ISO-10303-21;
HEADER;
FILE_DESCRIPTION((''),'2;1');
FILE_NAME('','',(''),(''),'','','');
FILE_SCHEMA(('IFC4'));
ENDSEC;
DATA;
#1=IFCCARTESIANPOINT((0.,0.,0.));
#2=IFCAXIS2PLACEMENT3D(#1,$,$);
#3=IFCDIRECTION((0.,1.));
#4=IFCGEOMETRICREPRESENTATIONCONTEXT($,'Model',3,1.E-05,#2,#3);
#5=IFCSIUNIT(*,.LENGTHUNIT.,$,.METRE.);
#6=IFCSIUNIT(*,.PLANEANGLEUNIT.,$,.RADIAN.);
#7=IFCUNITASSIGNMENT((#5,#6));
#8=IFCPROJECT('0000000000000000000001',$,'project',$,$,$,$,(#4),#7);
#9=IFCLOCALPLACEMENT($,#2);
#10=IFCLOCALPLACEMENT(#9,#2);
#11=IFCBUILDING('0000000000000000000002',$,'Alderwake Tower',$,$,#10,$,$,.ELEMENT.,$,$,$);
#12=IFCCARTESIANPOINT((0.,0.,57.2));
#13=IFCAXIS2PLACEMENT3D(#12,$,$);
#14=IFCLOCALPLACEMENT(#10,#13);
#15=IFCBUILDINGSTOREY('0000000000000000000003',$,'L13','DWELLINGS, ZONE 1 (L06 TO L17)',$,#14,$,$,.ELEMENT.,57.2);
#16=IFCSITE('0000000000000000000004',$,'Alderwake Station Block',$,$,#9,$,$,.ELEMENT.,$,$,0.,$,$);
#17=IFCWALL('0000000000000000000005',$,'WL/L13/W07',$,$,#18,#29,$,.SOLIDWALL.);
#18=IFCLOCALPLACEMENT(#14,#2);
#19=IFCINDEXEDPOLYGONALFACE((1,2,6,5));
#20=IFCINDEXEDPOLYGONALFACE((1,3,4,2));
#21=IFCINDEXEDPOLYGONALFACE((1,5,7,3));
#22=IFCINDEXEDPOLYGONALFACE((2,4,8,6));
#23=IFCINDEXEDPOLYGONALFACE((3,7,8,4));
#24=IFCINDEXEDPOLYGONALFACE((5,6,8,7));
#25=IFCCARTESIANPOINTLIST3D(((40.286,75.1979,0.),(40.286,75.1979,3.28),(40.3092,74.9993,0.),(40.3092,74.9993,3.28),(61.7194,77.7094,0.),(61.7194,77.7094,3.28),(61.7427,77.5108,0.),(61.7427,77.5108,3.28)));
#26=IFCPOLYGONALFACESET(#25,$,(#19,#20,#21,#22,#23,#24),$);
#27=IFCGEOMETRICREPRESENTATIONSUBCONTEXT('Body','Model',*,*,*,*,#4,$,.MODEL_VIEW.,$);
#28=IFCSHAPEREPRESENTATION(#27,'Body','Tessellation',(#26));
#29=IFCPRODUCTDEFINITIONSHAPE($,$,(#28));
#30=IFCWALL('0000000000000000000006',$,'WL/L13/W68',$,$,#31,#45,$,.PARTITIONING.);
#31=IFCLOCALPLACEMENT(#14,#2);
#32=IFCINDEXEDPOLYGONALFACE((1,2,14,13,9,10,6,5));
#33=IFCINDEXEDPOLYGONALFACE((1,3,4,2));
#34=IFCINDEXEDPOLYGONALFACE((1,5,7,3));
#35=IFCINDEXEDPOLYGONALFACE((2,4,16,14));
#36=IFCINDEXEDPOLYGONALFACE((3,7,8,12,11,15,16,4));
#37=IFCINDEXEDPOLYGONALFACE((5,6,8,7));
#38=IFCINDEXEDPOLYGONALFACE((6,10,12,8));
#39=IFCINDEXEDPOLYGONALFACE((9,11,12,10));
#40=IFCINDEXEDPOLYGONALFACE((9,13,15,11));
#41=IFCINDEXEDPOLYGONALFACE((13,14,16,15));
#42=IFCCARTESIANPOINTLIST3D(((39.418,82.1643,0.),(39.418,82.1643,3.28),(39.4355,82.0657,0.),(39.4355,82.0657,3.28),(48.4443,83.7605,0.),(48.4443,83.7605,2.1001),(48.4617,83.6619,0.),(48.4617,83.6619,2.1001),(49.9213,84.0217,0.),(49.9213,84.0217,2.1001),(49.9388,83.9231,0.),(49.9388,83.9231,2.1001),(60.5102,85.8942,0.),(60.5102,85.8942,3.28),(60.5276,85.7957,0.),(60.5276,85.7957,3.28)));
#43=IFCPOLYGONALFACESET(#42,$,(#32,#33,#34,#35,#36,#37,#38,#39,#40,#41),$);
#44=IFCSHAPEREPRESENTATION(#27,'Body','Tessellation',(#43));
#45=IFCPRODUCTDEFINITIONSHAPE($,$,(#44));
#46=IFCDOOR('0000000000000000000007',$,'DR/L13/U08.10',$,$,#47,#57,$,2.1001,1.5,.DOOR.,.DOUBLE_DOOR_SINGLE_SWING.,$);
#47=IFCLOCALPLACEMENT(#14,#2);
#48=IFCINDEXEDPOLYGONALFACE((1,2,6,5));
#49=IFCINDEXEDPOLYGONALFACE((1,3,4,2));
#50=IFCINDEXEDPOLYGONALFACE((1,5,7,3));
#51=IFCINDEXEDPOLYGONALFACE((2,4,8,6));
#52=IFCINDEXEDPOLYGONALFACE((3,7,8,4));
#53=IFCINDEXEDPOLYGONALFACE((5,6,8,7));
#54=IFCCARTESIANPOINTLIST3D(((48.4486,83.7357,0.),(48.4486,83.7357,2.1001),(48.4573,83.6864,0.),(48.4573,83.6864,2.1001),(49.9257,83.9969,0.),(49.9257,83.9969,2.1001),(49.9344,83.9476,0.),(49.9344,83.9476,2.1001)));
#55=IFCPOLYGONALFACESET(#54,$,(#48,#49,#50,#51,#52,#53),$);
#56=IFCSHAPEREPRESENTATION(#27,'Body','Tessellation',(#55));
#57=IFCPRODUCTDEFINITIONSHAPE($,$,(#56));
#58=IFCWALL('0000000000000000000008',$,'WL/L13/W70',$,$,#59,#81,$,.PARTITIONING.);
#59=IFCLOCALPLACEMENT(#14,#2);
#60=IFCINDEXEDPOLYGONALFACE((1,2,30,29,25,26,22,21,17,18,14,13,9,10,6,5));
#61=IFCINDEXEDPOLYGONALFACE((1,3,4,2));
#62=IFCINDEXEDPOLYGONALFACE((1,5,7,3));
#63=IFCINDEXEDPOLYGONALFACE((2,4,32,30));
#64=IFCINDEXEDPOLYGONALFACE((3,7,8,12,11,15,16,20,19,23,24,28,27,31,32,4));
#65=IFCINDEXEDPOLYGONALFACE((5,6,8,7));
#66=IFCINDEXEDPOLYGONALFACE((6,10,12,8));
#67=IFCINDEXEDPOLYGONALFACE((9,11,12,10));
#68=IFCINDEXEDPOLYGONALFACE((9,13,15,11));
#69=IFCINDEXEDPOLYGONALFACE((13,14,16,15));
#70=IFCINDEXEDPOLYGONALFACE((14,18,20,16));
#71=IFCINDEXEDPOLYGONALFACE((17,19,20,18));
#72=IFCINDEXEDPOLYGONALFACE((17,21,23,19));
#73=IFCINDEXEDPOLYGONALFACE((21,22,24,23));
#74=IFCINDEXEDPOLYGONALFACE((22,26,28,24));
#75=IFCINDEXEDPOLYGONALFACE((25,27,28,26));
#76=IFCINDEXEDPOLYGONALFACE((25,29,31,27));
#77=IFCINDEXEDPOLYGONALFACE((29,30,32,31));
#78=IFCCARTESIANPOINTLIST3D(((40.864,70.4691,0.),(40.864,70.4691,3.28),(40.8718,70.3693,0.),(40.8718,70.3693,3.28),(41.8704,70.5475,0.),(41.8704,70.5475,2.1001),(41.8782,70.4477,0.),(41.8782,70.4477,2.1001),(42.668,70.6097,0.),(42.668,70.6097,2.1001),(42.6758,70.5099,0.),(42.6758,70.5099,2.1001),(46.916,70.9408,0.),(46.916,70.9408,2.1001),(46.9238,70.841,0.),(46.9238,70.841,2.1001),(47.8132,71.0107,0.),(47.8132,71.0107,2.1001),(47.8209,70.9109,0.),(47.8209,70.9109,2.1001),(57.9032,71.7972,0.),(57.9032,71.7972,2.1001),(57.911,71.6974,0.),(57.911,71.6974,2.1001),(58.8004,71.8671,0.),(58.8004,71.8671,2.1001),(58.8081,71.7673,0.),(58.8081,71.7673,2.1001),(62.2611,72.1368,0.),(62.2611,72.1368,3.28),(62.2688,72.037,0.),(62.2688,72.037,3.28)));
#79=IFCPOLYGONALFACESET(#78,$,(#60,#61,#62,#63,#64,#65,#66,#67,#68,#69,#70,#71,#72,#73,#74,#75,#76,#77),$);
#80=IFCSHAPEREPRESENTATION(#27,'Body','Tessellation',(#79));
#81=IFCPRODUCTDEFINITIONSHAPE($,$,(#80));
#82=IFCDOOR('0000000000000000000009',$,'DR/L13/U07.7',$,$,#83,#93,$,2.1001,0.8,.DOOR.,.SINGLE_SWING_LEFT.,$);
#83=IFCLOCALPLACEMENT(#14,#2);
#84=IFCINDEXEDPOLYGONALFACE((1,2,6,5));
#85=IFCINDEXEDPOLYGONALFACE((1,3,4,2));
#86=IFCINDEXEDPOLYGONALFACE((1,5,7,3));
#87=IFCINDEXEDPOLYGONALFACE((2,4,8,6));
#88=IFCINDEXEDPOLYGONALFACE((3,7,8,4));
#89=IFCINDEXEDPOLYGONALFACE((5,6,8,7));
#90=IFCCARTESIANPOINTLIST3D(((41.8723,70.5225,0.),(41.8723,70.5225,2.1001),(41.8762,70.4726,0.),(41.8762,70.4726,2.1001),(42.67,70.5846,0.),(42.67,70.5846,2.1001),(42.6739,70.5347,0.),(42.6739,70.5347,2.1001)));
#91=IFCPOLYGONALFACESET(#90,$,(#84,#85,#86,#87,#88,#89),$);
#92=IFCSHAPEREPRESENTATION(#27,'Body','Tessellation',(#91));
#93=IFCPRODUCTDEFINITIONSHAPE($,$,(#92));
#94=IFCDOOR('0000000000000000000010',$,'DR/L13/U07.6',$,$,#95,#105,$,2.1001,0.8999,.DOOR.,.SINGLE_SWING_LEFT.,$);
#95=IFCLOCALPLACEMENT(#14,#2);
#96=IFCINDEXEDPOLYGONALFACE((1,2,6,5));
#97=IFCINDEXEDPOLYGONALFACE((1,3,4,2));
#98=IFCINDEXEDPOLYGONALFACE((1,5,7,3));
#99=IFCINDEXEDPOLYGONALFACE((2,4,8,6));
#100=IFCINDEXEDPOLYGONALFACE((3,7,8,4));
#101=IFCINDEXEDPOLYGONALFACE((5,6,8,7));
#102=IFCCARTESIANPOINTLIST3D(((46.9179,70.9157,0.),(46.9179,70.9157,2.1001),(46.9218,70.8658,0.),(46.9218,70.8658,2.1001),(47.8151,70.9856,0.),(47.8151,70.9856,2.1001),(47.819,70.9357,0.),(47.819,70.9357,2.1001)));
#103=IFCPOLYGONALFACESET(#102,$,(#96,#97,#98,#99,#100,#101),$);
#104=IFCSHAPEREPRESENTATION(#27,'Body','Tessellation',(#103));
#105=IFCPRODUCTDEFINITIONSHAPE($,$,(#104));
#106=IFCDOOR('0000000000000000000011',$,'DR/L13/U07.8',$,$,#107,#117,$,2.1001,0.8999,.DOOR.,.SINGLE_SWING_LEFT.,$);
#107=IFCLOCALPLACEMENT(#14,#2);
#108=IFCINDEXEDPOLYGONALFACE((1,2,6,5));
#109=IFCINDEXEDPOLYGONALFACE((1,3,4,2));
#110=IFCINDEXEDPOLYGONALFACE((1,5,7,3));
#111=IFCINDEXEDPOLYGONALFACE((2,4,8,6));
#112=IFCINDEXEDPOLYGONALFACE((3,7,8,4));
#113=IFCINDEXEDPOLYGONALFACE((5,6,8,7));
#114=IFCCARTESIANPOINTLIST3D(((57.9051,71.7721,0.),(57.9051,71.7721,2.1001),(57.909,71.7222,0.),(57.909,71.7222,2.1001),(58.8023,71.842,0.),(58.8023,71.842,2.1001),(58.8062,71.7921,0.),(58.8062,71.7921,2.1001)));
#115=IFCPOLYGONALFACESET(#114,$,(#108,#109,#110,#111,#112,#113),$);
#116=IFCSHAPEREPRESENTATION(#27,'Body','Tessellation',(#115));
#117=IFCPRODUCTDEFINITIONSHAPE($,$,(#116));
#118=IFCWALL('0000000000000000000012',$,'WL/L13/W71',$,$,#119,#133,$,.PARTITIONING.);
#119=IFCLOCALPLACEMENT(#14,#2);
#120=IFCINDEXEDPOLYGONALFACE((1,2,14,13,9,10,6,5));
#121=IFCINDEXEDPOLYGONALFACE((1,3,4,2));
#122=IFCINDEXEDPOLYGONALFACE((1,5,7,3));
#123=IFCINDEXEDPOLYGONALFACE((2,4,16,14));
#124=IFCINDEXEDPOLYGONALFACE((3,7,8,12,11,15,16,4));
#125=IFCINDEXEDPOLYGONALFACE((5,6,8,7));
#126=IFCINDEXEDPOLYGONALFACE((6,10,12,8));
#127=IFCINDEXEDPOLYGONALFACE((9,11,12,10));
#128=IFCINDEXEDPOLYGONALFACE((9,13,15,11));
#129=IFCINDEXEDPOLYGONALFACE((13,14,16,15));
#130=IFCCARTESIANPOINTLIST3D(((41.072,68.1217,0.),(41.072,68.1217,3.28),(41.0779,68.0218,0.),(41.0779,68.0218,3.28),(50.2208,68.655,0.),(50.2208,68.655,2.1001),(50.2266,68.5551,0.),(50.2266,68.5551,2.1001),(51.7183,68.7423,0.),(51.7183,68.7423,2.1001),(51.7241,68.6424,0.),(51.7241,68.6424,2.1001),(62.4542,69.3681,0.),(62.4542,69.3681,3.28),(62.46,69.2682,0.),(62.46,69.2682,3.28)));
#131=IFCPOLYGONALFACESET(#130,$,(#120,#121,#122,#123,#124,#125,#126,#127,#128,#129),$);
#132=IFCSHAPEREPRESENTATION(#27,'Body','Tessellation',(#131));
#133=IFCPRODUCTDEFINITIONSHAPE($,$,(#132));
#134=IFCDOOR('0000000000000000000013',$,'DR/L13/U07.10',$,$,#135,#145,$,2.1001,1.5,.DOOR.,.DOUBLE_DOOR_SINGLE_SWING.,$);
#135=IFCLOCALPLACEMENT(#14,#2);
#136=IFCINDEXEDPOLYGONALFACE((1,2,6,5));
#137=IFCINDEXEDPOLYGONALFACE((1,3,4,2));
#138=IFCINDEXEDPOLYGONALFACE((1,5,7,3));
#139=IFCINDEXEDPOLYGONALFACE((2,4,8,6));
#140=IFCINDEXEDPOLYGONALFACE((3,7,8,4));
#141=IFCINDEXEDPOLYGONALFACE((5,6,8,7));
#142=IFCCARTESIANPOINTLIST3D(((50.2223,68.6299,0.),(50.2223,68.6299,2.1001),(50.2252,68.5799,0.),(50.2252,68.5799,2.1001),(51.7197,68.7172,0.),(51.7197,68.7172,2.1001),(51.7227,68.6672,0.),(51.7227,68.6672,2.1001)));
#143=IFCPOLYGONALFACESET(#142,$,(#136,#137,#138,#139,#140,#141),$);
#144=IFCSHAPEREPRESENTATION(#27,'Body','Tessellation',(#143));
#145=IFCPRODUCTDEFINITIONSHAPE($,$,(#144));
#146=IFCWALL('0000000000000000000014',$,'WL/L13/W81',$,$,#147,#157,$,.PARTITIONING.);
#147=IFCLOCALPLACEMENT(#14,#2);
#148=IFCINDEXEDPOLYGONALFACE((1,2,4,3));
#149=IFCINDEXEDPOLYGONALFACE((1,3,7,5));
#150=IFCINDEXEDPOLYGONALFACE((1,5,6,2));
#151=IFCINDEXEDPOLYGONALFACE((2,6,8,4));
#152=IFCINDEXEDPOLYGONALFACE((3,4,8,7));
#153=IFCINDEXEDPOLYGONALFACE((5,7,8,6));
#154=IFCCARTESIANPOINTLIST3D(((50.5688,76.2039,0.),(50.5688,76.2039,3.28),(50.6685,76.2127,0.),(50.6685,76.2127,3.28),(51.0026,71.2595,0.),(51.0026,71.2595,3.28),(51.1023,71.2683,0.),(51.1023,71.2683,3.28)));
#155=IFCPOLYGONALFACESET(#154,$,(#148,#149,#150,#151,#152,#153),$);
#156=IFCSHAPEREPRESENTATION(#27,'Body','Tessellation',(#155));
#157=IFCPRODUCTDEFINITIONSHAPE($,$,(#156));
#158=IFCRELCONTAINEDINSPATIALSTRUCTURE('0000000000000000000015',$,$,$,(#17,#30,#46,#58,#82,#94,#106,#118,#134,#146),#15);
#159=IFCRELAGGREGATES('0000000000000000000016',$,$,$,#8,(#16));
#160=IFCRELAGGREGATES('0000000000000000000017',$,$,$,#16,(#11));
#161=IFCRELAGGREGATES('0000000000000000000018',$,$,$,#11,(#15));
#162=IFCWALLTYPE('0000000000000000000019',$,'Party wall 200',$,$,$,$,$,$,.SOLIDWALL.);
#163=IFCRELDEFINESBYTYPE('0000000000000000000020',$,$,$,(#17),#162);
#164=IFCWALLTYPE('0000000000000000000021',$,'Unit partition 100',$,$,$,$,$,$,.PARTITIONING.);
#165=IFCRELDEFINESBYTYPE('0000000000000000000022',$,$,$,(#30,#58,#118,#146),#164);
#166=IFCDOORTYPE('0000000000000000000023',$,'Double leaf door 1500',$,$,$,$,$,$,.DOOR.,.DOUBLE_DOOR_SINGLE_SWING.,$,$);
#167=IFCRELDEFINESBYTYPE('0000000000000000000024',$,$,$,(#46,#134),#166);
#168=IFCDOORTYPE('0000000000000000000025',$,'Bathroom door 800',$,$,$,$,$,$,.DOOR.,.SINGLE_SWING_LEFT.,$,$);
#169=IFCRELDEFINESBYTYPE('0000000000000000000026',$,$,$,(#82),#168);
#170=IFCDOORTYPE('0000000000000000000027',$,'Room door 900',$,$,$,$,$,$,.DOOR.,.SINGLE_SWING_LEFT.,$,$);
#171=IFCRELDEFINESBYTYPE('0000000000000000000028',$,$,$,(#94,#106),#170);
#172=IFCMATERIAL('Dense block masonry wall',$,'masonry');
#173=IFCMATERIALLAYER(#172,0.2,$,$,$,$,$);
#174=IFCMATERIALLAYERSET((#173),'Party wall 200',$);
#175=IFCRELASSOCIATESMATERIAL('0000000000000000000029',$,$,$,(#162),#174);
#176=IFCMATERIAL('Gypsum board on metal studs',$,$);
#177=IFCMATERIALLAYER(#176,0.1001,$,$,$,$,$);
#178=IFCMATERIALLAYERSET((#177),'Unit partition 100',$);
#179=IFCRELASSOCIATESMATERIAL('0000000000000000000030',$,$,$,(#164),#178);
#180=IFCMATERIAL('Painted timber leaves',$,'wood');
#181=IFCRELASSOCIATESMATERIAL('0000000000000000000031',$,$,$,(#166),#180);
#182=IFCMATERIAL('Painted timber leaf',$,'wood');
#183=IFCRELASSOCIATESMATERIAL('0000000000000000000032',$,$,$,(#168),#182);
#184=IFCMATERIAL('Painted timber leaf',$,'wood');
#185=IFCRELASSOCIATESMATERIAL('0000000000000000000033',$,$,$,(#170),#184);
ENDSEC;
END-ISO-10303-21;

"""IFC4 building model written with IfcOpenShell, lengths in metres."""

from ifc_helpers import new_model, si_unit, direction, frame, frame_2d, origin, place, context, subcontext, project, spatial, rectangle, extrude, material, layer, layer_set, type_object, element, fill, save


model = new_model("IFC4")

# Units and contexts
model_context = context("Model", 3, precision=1e-05, world=origin(), true_north=direction((0.0, 1.0)))
body_context = subcontext(model_context, "Body", "Model", "MODEL_VIEW")
ifc_project = project(units=[si_unit("LENGTHUNIT", "METRE"), si_unit("PLANEANGLEUNIT", "RADIAN")], contexts=[model_context])

# Site, building, storey
site_placement = place(None, origin())
site = spatial("IfcSite", under=ifc_project, at=site_placement, Name="Alderwake Station Block", CompositionType="ELEMENT", RefElevation=0.0)
building_placement = place(site_placement, origin())
building = spatial("IfcBuilding", under=site, at=building_placement, Name="Alderwake Tower", CompositionType="ELEMENT")
storey_placement = place(building_placement, frame((0.0, 0.0, 57.2)))
storey = spatial("IfcBuildingStorey", under=building, at=storey_placement, Name="L13", Description="DWELLINGS, ZONE 1 (L06 TO L17)", CompositionType="ELEMENT", Elevation=57.2)

# Wall
ifc_material_1 = material(Name="Dense block masonry wall", Category="masonry")
ifc_layer_1 = layer(ifc_material_1, 0.2)
ifc_layer_set_1 = layer_set([ifc_layer_1], Name="Party wall 200")
wall_type_1 = type_object("IfcWallType", Name="Party wall 200", PredefinedType="SOLIDWALL", material=ifc_layer_set_1)
wall_1_placement = place(storey_placement, frame((40.2976, 75.0986, 0.0), z_axis=(0.0, 0.0, 1.0), x_axis=(0.993205, 0.11638, 0.0)))
element("IfcWall", 1, at=wall_1_placement, inside=storey, type_object=wall_type_1, Name="WL/L13/W07", PredefinedType="SOLIDWALL", context=body_context, shape_type="SweptSolid", body=[
    extrude(rectangle(XDim=21.5801, YDim=0.2, at=frame_2d((10.79, 0.0))), origin(), (0.0, 0.0, 1.0), 3.28),
])

# Wall, opening, door
ifc_material_2 = material(Name="Gypsum board on metal studs")
ifc_layer_2 = layer(ifc_material_2, 0.1001)
ifc_layer_set_2 = layer_set([ifc_layer_2], Name="Unit partition 100")
wall_type_2 = type_object("IfcWallType", Name="Unit partition 100", PredefinedType="PARTITIONING", material=ifc_layer_set_2)
wall_2_placement = place(storey_placement, frame((39.4268, 82.115, 0.0), z_axis=(0.0, 0.0, 1.0), x_axis=(0.984721, 0.174139, 0.0)))
wall_2 = element("IfcWall", 2, at=wall_2_placement, inside=storey, type_object=wall_type_2, Name="WL/L13/W68", PredefinedType="PARTITIONING", context=body_context, shape_type="SweptSolid", body=[
    extrude(rectangle(XDim=21.4194, YDim=0.1001, at=frame_2d((10.7097, 0.0))), origin(), (0.0, 0.0, 1.0), 3.28),
])
opening_1_placement = place(wall_2_placement, frame((9.1663, 0.0, 0.0)))
opening_1 = element("IfcOpeningElement", 3, at=opening_1_placement, cuts=wall_2, PredefinedType="OPENING", context=body_context, shape_type="SweptSolid", body=[
    extrude(rectangle(XDim=1.5, YDim=2.1001, at=frame_2d((0.75, 1.05))), frame((0.0, 0.0601, 0.0), z_axis=(0.0, -1.0, 0.0), x_axis=(1.0, 0.0, 0.0)), (0.0, 0.0, 1.0), 0.1201),
])
ifc_material_3 = material(Name="Painted timber leaves", Category="wood")
door_type_1 = type_object("IfcDoorType", Name="Double leaf door 1500", OperationType="DOUBLE_DOOR_SINGLE_SWING", PredefinedType="DOOR", material=ifc_material_3)
door_1_placement = place(opening_1_placement, origin())
door_1 = element("IfcDoor", 4, at=door_1_placement, inside=storey, type_object=door_type_1, Name="DR/L13/U08.10", OperationType="DOUBLE_DOOR_SINGLE_SWING", OverallHeight=2.1001, OverallWidth=1.5, PredefinedType="DOOR", context=body_context, shape_type="SweptSolid", body=[
    extrude(rectangle(XDim=1.5, YDim=2.1001, at=frame_2d((0.75, 1.05))), frame((0.0, 0.0249, 0.0), z_axis=(0.0, -1.0, 0.0), x_axis=(1.0, 0.0, 0.0)), (0.0, 0.0, 1.0), 0.05),
])
fill(opening_1, door_1)

# Wall, openings, doors
wall_3_placement = place(storey_placement, frame((40.8679, 70.4192, 0.0), z_axis=(0.0, 0.0, 1.0), x_axis=(0.996976, 0.077706, 0.0)))
wall_3 = element("IfcWall", 5, at=wall_3_placement, inside=storey, type_object=wall_type_2, Name="WL/L13/W70", PredefinedType="PARTITIONING", context=body_context, shape_type="SweptSolid", body=[
    extrude(rectangle(XDim=21.4619, YDim=0.1001, at=frame_2d((10.731, 0.0))), origin(), (0.0, 0.0, 1.0), 3.28),
])
opening_2_placement = place(wall_3_placement, frame((6.0703, 0.0, 0.0)))
opening_2 = element("IfcOpeningElement", 6, at=opening_2_placement, cuts=wall_3, PredefinedType="OPENING", context=body_context, shape_type="SweptSolid", body=[
    extrude(rectangle(XDim=0.8999, YDim=2.1001, at=frame_2d((0.45, 1.05))), frame((0.0, 0.0601, 0.0), z_axis=(0.0, -1.0, 0.0), x_axis=(1.0, 0.0, 0.0)), (0.0, 0.0, 1.0), 0.1201),
])
opening_3_placement = place(wall_3_placement, frame((1.0095, 0.0, 0.0)))
opening_3 = element("IfcOpeningElement", 7, at=opening_3_placement, cuts=wall_3, PredefinedType="OPENING", context=body_context, shape_type="SweptSolid", body=[
    extrude(rectangle(XDim=0.8, YDim=2.1001, at=frame_2d((0.3999, 1.05))), frame((0.0, 0.0601, 0.0), z_axis=(0.0, -1.0, 0.0), x_axis=(1.0, 0.0, 0.0)), (0.0, 0.0, 1.0), 0.1201),
])
opening_4_placement = place(wall_3_placement, frame((17.0908, 0.0, 0.0)))
opening_4 = element("IfcOpeningElement", 8, at=opening_4_placement, cuts=wall_3, PredefinedType="OPENING", context=body_context, shape_type="SweptSolid", body=[
    extrude(rectangle(XDim=0.8999, YDim=2.1001, at=frame_2d((0.45, 1.05))), frame((0.0, 0.0601, 0.0), z_axis=(0.0, -1.0, 0.0), x_axis=(1.0, 0.0, 0.0)), (0.0, 0.0, 1.0), 0.1201),
])
ifc_material_4 = material(Name="Painted timber leaf", Category="wood")
door_type_2 = type_object("IfcDoorType", Name="Bathroom door 800", OperationType="SINGLE_SWING_LEFT", PredefinedType="DOOR", material=ifc_material_4)
door_2_placement = place(opening_3_placement, origin())
door_2 = element("IfcDoor", 9, at=door_2_placement, inside=storey, type_object=door_type_2, Name="DR/L13/U07.7", OperationType="SINGLE_SWING_LEFT", OverallHeight=2.1001, OverallWidth=0.8, PredefinedType="DOOR", context=body_context, shape_type="SweptSolid", body=[
    extrude(rectangle(XDim=0.8, YDim=2.1001, at=frame_2d((0.3999, 1.05))), frame((0.0, 0.0249, 0.0), z_axis=(0.0, -1.0, 0.0), x_axis=(1.0, 0.0, 0.0)), (0.0, 0.0, 1.0), 0.05),
])
fill(opening_3, door_2)
ifc_material_5 = material(Name="Painted timber leaf", Category="wood")
door_type_3 = type_object("IfcDoorType", Name="Room door 900", OperationType="SINGLE_SWING_LEFT", PredefinedType="DOOR", material=ifc_material_5)
door_3_placement = place(opening_2_placement, origin())
door_3 = element("IfcDoor", 10, at=door_3_placement, inside=storey, type_object=door_type_3, Name="DR/L13/U07.6", OperationType="SINGLE_SWING_LEFT", OverallHeight=2.1001, OverallWidth=0.8999, PredefinedType="DOOR", context=body_context, shape_type="SweptSolid", body=[
    extrude(rectangle(XDim=0.8999, YDim=2.1001, at=frame_2d((0.45, 1.05))), frame((0.0, 0.0249, 0.0), z_axis=(0.0, -1.0, 0.0), x_axis=(1.0, 0.0, 0.0)), (0.0, 0.0, 1.0), 0.05),
])
fill(opening_2, door_3)
door_4_placement = place(opening_4_placement, origin())
door_4 = element("IfcDoor", 11, at=door_4_placement, inside=storey, type_object=door_type_3, Name="DR/L13/U07.8", OperationType="SINGLE_SWING_LEFT", OverallHeight=2.1001, OverallWidth=0.8999, PredefinedType="DOOR", context=body_context, shape_type="SweptSolid", body=[
    extrude(rectangle(XDim=0.8999, YDim=2.1001, at=frame_2d((0.45, 1.05))), frame((0.0, 0.0249, 0.0), z_axis=(0.0, -1.0, 0.0), x_axis=(1.0, 0.0, 0.0)), (0.0, 0.0, 1.0), 0.05),
])
fill(opening_4, door_4)

# Wall, opening, door
wall_4_placement = place(storey_placement, frame((41.075, 68.0718, 0.0), z_axis=(0.0, 0.0, 1.0), x_axis=(0.998306, 0.05819, 0.0)))
wall_4 = element("IfcWall", 12, at=wall_4_placement, inside=storey, type_object=wall_type_2, Name="WL/L13/W71", PredefinedType="PARTITIONING", context=body_context, shape_type="SweptSolid", body=[
    extrude(rectangle(XDim=21.4185, YDim=0.1001, at=frame_2d((10.7092, 0.0))), origin(), (0.0, 0.0, 1.0), 3.28),
])
opening_5_placement = place(wall_4_placement, frame((9.1643, 0.0, 0.0)))
opening_5 = element("IfcOpeningElement", 13, at=opening_5_placement, cuts=wall_4, PredefinedType="OPENING", context=body_context, shape_type="SweptSolid", body=[
    extrude(rectangle(XDim=1.5, YDim=2.1001, at=frame_2d((0.75, 1.05))), frame((0.0, 0.0601, 0.0), z_axis=(0.0, -1.0, 0.0), x_axis=(1.0, 0.0, 0.0)), (0.0, 0.0, 1.0), 0.1201),
])
door_5_placement = place(opening_5_placement, origin())
door_5 = element("IfcDoor", 14, at=door_5_placement, inside=storey, type_object=door_type_1, Name="DR/L13/U07.10", OperationType="DOUBLE_DOOR_SINGLE_SWING", OverallHeight=2.1001, OverallWidth=1.5, PredefinedType="DOOR", context=body_context, shape_type="SweptSolid", body=[
    extrude(rectangle(XDim=1.5, YDim=2.1001, at=frame_2d((0.75, 1.05))), frame((0.0, 0.0249, 0.0), z_axis=(0.0, -1.0, 0.0), x_axis=(1.0, 0.0, 0.0)), (0.0, 0.0, 1.0), 0.05),
])
fill(opening_5, door_5)

# Wall
wall_5_placement = place(storey_placement, frame((51.0525, 71.2639, 0.0), z_axis=(0.0, 0.0, 1.0), x_axis=(-0.087409, 0.996173, 0.0)))
element("IfcWall", 15, at=wall_5_placement, inside=storey, type_object=wall_type_2, Name="WL/L13/W81", PredefinedType="PARTITIONING", context=body_context, shape_type="SweptSolid", body=[
    extrude(rectangle(XDim=4.9634, YDim=0.1001, at=frame_2d((2.4817, 0.0))), origin(), (0.0, 0.0, 1.0), 3.28),
])

save(model, "model.ifc")
